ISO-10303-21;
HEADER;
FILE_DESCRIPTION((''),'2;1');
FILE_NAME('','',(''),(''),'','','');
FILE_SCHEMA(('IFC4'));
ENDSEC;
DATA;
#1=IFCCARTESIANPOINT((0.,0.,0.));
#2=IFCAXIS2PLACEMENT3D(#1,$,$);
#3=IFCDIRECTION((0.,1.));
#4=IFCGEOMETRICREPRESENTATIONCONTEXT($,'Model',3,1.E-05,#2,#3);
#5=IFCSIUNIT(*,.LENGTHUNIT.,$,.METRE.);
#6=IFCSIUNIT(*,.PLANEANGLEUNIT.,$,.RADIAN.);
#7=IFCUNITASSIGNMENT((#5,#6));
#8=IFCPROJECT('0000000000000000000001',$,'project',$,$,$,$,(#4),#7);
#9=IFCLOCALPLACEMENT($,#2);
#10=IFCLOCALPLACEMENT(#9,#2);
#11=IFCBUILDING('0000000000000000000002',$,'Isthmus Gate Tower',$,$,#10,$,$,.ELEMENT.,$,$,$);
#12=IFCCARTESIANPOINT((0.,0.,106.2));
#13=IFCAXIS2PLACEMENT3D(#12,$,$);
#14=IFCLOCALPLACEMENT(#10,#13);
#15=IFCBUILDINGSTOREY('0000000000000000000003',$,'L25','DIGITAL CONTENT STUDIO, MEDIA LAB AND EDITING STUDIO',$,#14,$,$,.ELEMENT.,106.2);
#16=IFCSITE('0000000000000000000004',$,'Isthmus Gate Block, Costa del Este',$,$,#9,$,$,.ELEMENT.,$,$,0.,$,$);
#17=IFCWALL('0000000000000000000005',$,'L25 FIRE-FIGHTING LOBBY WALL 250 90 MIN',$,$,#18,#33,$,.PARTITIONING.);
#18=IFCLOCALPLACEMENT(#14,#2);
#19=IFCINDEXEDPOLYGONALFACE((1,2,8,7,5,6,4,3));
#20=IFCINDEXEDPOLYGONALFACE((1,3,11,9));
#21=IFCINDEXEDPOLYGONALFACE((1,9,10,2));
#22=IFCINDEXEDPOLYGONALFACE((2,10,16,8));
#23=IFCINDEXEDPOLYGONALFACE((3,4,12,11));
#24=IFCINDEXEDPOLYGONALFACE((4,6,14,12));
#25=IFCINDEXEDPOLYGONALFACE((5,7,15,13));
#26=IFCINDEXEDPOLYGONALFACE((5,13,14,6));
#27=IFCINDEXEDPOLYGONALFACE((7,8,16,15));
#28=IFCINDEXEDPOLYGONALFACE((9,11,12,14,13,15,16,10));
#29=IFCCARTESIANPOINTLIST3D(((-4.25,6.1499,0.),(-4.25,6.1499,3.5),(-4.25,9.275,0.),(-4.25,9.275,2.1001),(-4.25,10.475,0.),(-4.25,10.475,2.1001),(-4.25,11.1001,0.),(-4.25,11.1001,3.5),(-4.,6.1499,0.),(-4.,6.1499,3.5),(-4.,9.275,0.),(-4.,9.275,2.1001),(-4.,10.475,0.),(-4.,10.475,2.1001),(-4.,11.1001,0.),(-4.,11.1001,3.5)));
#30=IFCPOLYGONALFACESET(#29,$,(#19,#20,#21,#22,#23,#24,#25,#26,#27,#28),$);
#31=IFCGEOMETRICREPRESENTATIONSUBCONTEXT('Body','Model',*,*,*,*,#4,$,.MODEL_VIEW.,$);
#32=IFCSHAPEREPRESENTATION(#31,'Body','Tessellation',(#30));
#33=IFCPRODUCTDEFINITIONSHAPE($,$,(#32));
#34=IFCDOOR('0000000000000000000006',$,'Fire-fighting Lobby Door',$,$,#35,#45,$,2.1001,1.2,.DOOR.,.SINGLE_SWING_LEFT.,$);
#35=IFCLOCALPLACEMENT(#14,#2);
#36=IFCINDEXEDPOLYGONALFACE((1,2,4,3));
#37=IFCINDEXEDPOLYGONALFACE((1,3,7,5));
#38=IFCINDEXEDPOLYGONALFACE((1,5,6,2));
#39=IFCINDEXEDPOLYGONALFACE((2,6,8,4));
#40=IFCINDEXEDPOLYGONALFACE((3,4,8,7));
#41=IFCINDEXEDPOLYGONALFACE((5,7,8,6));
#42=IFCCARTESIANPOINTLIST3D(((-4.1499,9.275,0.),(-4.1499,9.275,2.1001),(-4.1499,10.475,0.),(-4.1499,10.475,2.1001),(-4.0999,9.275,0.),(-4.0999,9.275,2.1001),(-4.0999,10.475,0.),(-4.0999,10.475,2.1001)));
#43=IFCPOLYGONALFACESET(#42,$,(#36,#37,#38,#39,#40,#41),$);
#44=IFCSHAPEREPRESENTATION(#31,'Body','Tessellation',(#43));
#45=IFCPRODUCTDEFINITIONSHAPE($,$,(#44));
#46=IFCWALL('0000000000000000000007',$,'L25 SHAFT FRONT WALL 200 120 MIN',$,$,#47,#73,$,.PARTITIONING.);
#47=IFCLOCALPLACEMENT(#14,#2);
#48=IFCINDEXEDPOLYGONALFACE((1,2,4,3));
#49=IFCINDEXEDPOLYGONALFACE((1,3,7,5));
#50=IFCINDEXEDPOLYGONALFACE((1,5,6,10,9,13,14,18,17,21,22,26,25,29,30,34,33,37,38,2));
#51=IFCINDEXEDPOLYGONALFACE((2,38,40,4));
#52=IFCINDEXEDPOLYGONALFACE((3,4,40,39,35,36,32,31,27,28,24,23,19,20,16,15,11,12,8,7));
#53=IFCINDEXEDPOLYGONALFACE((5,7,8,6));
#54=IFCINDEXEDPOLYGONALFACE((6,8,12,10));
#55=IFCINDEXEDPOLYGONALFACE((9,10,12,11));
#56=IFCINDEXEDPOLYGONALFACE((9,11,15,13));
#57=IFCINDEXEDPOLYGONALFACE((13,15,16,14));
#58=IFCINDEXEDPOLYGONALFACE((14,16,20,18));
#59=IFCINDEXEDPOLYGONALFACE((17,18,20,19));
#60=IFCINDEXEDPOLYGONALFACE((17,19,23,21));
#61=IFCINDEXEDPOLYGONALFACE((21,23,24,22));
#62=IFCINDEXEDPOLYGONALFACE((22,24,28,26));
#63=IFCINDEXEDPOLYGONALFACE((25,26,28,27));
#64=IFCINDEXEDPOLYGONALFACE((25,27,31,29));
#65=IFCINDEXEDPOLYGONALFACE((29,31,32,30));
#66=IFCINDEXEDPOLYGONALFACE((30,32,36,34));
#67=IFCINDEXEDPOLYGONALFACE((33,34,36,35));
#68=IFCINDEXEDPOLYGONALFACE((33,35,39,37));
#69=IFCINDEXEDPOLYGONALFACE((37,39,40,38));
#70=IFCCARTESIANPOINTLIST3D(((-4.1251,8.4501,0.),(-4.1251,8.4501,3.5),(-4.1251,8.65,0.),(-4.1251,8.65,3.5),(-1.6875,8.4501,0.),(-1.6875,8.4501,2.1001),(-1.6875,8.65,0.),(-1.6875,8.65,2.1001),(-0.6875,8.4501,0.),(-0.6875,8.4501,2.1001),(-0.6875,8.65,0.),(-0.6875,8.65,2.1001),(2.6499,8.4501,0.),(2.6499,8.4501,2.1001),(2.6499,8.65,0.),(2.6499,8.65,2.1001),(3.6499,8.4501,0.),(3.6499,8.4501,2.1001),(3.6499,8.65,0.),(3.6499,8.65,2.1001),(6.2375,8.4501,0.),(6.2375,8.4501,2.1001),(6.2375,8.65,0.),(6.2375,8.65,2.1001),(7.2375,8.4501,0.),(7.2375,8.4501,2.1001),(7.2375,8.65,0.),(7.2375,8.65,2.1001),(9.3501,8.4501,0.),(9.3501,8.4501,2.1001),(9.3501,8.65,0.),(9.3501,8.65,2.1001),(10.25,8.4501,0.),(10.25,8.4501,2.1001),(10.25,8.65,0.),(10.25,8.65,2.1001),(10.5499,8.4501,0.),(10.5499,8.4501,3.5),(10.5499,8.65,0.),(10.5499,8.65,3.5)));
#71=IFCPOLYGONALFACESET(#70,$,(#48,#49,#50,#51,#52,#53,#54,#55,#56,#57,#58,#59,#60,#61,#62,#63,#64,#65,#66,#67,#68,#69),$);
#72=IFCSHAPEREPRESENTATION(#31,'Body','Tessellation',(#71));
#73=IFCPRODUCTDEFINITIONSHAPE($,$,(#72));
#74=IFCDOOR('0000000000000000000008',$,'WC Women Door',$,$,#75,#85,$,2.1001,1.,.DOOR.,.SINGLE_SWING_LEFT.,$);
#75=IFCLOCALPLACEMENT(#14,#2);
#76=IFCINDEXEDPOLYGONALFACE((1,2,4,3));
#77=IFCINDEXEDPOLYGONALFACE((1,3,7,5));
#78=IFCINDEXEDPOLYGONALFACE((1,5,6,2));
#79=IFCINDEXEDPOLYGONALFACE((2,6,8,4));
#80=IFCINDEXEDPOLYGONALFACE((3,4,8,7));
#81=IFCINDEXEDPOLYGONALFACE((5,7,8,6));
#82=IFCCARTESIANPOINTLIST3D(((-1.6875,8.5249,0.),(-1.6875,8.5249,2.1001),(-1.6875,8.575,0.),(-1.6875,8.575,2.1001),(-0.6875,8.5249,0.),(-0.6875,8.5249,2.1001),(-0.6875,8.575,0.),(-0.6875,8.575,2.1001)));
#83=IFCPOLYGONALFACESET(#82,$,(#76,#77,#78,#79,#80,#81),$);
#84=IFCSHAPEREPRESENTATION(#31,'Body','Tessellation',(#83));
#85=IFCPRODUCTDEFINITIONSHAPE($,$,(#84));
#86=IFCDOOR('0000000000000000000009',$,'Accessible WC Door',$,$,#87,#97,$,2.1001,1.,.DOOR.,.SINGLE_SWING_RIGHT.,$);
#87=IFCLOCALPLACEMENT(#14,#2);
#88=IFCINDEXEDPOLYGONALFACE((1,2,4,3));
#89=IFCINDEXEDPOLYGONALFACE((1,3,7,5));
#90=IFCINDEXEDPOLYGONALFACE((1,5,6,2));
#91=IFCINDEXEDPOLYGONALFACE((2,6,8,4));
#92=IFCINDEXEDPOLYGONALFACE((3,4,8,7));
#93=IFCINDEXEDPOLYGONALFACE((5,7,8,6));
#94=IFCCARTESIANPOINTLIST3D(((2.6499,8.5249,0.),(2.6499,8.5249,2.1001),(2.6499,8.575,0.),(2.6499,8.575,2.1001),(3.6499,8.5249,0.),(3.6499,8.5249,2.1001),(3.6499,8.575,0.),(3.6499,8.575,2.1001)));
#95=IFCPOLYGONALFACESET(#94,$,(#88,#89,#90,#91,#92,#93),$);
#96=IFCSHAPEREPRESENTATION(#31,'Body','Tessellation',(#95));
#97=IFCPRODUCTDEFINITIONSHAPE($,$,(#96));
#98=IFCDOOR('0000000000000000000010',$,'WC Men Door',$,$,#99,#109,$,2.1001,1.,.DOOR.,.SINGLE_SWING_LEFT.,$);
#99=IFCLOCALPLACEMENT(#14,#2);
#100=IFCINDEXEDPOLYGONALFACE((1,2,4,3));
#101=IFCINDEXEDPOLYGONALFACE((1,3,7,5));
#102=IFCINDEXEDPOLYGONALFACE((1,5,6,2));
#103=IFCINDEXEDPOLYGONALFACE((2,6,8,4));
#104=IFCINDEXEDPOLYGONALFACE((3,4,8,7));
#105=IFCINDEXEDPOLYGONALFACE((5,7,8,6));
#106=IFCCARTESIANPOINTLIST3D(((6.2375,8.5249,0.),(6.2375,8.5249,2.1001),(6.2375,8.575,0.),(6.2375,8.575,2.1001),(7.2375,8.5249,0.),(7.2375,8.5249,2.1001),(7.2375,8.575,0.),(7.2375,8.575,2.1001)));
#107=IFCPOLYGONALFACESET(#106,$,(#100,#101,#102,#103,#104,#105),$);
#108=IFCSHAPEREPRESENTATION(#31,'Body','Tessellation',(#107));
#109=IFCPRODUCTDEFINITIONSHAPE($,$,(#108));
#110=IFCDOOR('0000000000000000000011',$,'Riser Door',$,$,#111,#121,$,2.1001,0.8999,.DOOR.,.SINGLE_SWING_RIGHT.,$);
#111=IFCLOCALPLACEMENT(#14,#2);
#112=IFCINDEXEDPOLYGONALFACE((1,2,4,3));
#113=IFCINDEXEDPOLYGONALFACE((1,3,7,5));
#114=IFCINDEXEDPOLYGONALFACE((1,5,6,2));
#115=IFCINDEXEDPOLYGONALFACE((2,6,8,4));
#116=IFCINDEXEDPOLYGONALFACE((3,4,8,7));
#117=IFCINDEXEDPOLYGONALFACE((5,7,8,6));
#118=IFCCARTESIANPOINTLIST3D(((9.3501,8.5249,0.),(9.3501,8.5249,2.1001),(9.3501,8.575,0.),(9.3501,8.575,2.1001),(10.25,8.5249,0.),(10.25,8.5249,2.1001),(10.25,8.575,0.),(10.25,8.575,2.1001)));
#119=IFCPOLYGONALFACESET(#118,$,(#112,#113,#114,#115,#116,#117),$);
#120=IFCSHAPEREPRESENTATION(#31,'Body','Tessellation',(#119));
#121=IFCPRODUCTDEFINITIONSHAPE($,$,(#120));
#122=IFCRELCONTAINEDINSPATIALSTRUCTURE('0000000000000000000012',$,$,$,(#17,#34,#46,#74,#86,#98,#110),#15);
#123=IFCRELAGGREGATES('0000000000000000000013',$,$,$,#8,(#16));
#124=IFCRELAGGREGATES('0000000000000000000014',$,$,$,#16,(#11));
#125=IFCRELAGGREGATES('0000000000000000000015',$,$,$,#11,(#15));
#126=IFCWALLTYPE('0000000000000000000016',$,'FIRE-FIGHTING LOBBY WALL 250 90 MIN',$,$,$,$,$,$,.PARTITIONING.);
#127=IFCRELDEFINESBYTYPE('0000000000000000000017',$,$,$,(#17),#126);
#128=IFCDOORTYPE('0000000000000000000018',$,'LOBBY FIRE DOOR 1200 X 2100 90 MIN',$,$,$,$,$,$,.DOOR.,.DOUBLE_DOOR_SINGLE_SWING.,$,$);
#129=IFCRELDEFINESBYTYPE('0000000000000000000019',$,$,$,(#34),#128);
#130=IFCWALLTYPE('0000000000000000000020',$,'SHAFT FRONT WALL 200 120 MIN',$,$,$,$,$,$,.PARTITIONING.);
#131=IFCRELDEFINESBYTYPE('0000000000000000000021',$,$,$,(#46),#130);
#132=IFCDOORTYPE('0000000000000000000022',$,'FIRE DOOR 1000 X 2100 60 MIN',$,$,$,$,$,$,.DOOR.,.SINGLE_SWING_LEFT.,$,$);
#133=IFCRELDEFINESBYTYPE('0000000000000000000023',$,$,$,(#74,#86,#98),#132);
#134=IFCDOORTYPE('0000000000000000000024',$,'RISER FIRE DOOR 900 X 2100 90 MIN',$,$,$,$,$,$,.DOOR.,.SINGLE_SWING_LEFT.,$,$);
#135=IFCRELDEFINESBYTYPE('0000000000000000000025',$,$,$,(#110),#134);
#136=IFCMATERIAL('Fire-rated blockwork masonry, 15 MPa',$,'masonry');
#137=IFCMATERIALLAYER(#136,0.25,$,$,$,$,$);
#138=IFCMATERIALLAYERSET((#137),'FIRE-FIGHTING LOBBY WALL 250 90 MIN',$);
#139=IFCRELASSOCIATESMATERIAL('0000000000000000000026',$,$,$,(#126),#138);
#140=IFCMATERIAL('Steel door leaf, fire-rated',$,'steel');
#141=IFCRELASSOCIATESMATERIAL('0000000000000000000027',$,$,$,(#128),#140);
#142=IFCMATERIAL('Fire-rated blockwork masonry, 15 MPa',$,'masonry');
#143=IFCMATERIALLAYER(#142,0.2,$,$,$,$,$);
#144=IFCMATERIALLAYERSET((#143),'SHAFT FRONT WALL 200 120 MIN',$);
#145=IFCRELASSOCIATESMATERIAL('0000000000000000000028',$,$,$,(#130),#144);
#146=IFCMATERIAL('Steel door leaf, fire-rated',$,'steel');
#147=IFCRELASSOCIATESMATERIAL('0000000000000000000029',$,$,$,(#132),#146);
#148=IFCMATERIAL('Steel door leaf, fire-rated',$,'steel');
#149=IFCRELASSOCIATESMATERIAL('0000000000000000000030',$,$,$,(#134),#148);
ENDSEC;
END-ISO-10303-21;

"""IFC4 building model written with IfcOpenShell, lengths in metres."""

from ifc_helpers import new_model, si_unit, direction, frame, frame_2d, origin, place, context, subcontext, project, spatial, rectangle, extrude, material, layer, layer_set, type_object, element, fill, save


model = new_model("IFC4")

# Units and contexts
model_context = context("Model", 3, precision=1e-05, world=origin(), true_north=direction((0.0, 1.0)))
body_context = subcontext(model_context, "Body", "Model", "MODEL_VIEW")
ifc_project = project(units=[si_unit("LENGTHUNIT", "METRE"), si_unit("PLANEANGLEUNIT", "RADIAN")], contexts=[model_context])

# Site, building, storey
site_placement = place(None, origin())
site = spatial("IfcSite", under=ifc_project, at=site_placement, Name="Isthmus Gate Block, Costa del Este", CompositionType="ELEMENT", RefElevation=0.0)
building_placement = place(site_placement, origin())
building = spatial("IfcBuilding", under=site, at=building_placement, Name="Isthmus Gate Tower", CompositionType="ELEMENT")
storey_placement = place(building_placement, frame((0.0, 0.0, 106.2)))
storey = spatial("IfcBuildingStorey", under=building, at=storey_placement, Name="L25", Description="DIGITAL CONTENT STUDIO, MEDIA LAB AND EDITING STUDIO", CompositionType="ELEMENT", Elevation=106.2)

# Wall, opening, door
ifc_material_1 = material(Name="Fire-rated blockwork masonry, 15 MPa", Category="masonry")
ifc_layer_1 = layer(ifc_material_1, 0.25)
ifc_layer_set_1 = layer_set([ifc_layer_1], Name="FIRE-FIGHTING LOBBY WALL 250 90 MIN")
wall_type_1 = type_object("IfcWallType", Name="FIRE-FIGHTING LOBBY WALL 250 90 MIN", PredefinedType="PARTITIONING", material=ifc_layer_set_1)
wall_1_placement = place(storey_placement, frame((-4.125, 6.1499, 0.0), z_axis=(0.0, 0.0, 1.0), x_axis=(0.0, 1.0, 0.0)))
wall_1 = element("IfcWall", 1, at=wall_1_placement, inside=storey, type_object=wall_type_1, Name="L25 FIRE-FIGHTING LOBBY WALL 250 90 MIN", PredefinedType="PARTITIONING", context=body_context, shape_type="SweptSolid", body=[
    extrude(rectangle(XDim=4.9502, YDim=0.25, at=frame_2d((2.4751, 0.0))), origin(), (0.0, 0.0, 1.0), 3.5),
])
opening_1_placement = place(wall_1_placement, frame((3.125, 0.0, 0.0)))
opening_1 = element("IfcOpeningElement", 2, at=opening_1_placement, cuts=wall_1, PredefinedType="OPENING", context=body_context, shape_type="SweptSolid", body=[
    extrude(rectangle(XDim=1.2, YDim=2.1001, at=frame_2d((0.6001, 1.05))), frame((0.0, 0.135, 0.0), z_axis=(0.0, -1.0, 0.0), x_axis=(1.0, 0.0, 0.0)), (0.0, 0.0, 1.0), 0.27),
])
ifc_material_2 = material(Name="Steel door leaf, fire-rated", Category="steel")
door_type_1 = type_object("IfcDoorType", Name="LOBBY FIRE DOOR 1200 X 2100 90 MIN", OperationType="DOUBLE_DOOR_SINGLE_SWING", PredefinedType="DOOR", material=ifc_material_2)
door_1_placement = place(opening_1_placement, origin())
door_1 = element("IfcDoor", 3, at=door_1_placement, inside=storey, type_object=door_type_1, Name="Fire-fighting Lobby Door", OperationType="SINGLE_SWING_LEFT", OverallHeight=2.1001, OverallWidth=1.2, PredefinedType="DOOR", context=body_context, shape_type="SweptSolid", body=[
    extrude(rectangle(XDim=1.2, YDim=2.1001, at=frame_2d((0.6001, 1.05))), frame((0.0, 0.0249, 0.0), z_axis=(0.0, -1.0, 0.0), x_axis=(1.0, 0.0, 0.0)), (0.0, 0.0, 1.0), 0.05),
])
fill(opening_1, door_1)

# Wall, openings, doors
ifc_material_3 = material(Name="Fire-rated blockwork masonry, 15 MPa", Category="masonry")
ifc_layer_2 = layer(ifc_material_3, 0.2)
ifc_layer_set_2 = layer_set([ifc_layer_2], Name="SHAFT FRONT WALL 200 120 MIN")
wall_type_2 = type_object("IfcWallType", Name="SHAFT FRONT WALL 200 120 MIN", PredefinedType="PARTITIONING", material=ifc_layer_set_2)
wall_2_placement = place(storey_placement, frame((-4.125, 8.55, 0.0), z_axis=(0.0, 0.0, 1.0), x_axis=(1.0, 0.0, 0.0)))
wall_2 = element("IfcWall", 4, at=wall_2_placement, inside=storey, type_object=wall_type_2, Name="L25 SHAFT FRONT WALL 200 120 MIN", PredefinedType="PARTITIONING", context=body_context, shape_type="SweptSolid", body=[
    extrude(rectangle(XDim=14.675, YDim=0.2, at=frame_2d((7.3374, 0.0))), origin(), (0.0, 0.0, 1.0), 3.5),
])
opening_2_placement = place(wall_2_placement, frame((2.4375, 0.0, 0.0)))
opening_2 = element("IfcOpeningElement", 5, at=opening_2_placement, cuts=wall_2, PredefinedType="OPENING", context=body_context, shape_type="SweptSolid", body=[
    extrude(rectangle(XDim=1.0, YDim=2.1001, at=frame_2d((0.5, 1.05))), frame((0.0, 0.1099, 0.0), z_axis=(0.0, -1.0, 0.0), x_axis=(1.0, 0.0, 0.0)), (0.0, 0.0, 1.0), 0.22),
])
opening_3_placement = place(wall_2_placement, frame((6.7749, 0.0, 0.0)))
opening_3 = element("IfcOpeningElement", 6, at=opening_3_placement, cuts=wall_2, PredefinedType="OPENING", context=body_context, shape_type="SweptSolid", body=[
    extrude(rectangle(XDim=1.0, YDim=2.1001, at=frame_2d((0.5, 1.05))), frame((0.0, 0.1099, 0.0), z_axis=(0.0, -1.0, 0.0), x_axis=(1.0, 0.0, 0.0)), (0.0, 0.0, 1.0), 0.22),
])
opening_4_placement = place(wall_2_placement, frame((10.3625, 0.0, 0.0)))
opening_4 = element("IfcOpeningElement", 7, at=opening_4_placement, cuts=wall_2, PredefinedType="OPENING", context=body_context, shape_type="SweptSolid", body=[
    extrude(rectangle(XDim=1.0, YDim=2.1001, at=frame_2d((0.5, 1.05))), frame((0.0, 0.1099, 0.0), z_axis=(0.0, -1.0, 0.0), x_axis=(1.0, 0.0, 0.0)), (0.0, 0.0, 1.0), 0.22),
])
opening_5_placement = place(wall_2_placement, frame((13.4751, 0.0, 0.0)))
opening_5 = element("IfcOpeningElement", 8, at=opening_5_placement, cuts=wall_2, PredefinedType="OPENING", context=body_context, shape_type="SweptSolid", body=[
    extrude(rectangle(XDim=0.8999, YDim=2.1001, at=frame_2d((0.45, 1.05))), frame((0.0, 0.1099, 0.0), z_axis=(0.0, -1.0, 0.0), x_axis=(1.0, 0.0, 0.0)), (0.0, 0.0, 1.0), 0.22),
])
ifc_material_4 = material(Name="Steel door leaf, fire-rated", Category="steel")
door_type_2 = type_object("IfcDoorType", Name="FIRE DOOR 1000 X 2100 60 MIN", OperationType="SINGLE_SWING_LEFT", PredefinedType="DOOR", material=ifc_material_4)
door_2_placement = place(opening_2_placement, origin())
door_2 = element("IfcDoor", 9, at=door_2_placement, inside=storey, type_object=door_type_2, Name="WC Women Door", OperationType="SINGLE_SWING_LEFT", OverallHeight=2.1001, OverallWidth=1.0, PredefinedType="DOOR", context=body_context, shape_type="SweptSolid", body=[
    extrude(rectangle(XDim=1.0, YDim=2.1001, at=frame_2d((0.5, 1.05))), frame((0.0, 0.0249, 0.0), z_axis=(0.0, -1.0, 0.0), x_axis=(1.0, 0.0, 0.0)), (0.0, 0.0, 1.0), 0.05),
])
fill(opening_2, door_2)
door_3_placement = place(opening_3_placement, origin())
door_3 = element("IfcDoor", 10, at=door_3_placement, inside=storey, type_object=door_type_2, Name="Accessible WC Door", OperationType="SINGLE_SWING_RIGHT", OverallHeight=2.1001, OverallWidth=1.0, PredefinedType="DOOR", context=body_context, shape_type="SweptSolid", body=[
    extrude(rectangle(XDim=1.0, YDim=2.1001, at=frame_2d((0.5, 1.05))), frame((0.0, 0.0249, 0.0), z_axis=(0.0, -1.0, 0.0), x_axis=(1.0, 0.0, 0.0)), (0.0, 0.0, 1.0), 0.05),
])
fill(opening_3, door_3)
door_4_placement = place(opening_4_placement, origin())
door_4 = element("IfcDoor", 11, at=door_4_placement, inside=storey, type_object=door_type_2, Name="WC Men Door", OperationType="SINGLE_SWING_LEFT", OverallHeight=2.1001, OverallWidth=1.0, PredefinedType="DOOR", context=body_context, shape_type="SweptSolid", body=[
    extrude(rectangle(XDim=1.0, YDim=2.1001, at=frame_2d((0.5, 1.05))), frame((0.0, 0.0249, 0.0), z_axis=(0.0, -1.0, 0.0), x_axis=(1.0, 0.0, 0.0)), (0.0, 0.0, 1.0), 0.05),
])
fill(opening_4, door_4)
ifc_material_5 = material(Name="Steel door leaf, fire-rated", Category="steel")
door_type_3 = type_object("IfcDoorType", Name="RISER FIRE DOOR 900 X 2100 90 MIN", OperationType="SINGLE_SWING_LEFT", PredefinedType="DOOR", material=ifc_material_5)
door_5_placement = place(opening_5_placement, origin())
door_5 = element("IfcDoor", 12, at=door_5_placement, inside=storey, type_object=door_type_3, Name="Riser Door", OperationType="SINGLE_SWING_RIGHT", OverallHeight=2.1001, OverallWidth=0.8999, PredefinedType="DOOR", context=body_context, shape_type="SweptSolid", body=[
    extrude(rectangle(XDim=0.8999, YDim=2.1001, at=frame_2d((0.45, 1.05))), frame((0.0, 0.0249, 0.0), z_axis=(0.0, -1.0, 0.0), x_axis=(1.0, 0.0, 0.0)), (0.0, 0.0, 1.0), 0.05),
])
fill(opening_5, door_5)

save(model, "model.ifc")
